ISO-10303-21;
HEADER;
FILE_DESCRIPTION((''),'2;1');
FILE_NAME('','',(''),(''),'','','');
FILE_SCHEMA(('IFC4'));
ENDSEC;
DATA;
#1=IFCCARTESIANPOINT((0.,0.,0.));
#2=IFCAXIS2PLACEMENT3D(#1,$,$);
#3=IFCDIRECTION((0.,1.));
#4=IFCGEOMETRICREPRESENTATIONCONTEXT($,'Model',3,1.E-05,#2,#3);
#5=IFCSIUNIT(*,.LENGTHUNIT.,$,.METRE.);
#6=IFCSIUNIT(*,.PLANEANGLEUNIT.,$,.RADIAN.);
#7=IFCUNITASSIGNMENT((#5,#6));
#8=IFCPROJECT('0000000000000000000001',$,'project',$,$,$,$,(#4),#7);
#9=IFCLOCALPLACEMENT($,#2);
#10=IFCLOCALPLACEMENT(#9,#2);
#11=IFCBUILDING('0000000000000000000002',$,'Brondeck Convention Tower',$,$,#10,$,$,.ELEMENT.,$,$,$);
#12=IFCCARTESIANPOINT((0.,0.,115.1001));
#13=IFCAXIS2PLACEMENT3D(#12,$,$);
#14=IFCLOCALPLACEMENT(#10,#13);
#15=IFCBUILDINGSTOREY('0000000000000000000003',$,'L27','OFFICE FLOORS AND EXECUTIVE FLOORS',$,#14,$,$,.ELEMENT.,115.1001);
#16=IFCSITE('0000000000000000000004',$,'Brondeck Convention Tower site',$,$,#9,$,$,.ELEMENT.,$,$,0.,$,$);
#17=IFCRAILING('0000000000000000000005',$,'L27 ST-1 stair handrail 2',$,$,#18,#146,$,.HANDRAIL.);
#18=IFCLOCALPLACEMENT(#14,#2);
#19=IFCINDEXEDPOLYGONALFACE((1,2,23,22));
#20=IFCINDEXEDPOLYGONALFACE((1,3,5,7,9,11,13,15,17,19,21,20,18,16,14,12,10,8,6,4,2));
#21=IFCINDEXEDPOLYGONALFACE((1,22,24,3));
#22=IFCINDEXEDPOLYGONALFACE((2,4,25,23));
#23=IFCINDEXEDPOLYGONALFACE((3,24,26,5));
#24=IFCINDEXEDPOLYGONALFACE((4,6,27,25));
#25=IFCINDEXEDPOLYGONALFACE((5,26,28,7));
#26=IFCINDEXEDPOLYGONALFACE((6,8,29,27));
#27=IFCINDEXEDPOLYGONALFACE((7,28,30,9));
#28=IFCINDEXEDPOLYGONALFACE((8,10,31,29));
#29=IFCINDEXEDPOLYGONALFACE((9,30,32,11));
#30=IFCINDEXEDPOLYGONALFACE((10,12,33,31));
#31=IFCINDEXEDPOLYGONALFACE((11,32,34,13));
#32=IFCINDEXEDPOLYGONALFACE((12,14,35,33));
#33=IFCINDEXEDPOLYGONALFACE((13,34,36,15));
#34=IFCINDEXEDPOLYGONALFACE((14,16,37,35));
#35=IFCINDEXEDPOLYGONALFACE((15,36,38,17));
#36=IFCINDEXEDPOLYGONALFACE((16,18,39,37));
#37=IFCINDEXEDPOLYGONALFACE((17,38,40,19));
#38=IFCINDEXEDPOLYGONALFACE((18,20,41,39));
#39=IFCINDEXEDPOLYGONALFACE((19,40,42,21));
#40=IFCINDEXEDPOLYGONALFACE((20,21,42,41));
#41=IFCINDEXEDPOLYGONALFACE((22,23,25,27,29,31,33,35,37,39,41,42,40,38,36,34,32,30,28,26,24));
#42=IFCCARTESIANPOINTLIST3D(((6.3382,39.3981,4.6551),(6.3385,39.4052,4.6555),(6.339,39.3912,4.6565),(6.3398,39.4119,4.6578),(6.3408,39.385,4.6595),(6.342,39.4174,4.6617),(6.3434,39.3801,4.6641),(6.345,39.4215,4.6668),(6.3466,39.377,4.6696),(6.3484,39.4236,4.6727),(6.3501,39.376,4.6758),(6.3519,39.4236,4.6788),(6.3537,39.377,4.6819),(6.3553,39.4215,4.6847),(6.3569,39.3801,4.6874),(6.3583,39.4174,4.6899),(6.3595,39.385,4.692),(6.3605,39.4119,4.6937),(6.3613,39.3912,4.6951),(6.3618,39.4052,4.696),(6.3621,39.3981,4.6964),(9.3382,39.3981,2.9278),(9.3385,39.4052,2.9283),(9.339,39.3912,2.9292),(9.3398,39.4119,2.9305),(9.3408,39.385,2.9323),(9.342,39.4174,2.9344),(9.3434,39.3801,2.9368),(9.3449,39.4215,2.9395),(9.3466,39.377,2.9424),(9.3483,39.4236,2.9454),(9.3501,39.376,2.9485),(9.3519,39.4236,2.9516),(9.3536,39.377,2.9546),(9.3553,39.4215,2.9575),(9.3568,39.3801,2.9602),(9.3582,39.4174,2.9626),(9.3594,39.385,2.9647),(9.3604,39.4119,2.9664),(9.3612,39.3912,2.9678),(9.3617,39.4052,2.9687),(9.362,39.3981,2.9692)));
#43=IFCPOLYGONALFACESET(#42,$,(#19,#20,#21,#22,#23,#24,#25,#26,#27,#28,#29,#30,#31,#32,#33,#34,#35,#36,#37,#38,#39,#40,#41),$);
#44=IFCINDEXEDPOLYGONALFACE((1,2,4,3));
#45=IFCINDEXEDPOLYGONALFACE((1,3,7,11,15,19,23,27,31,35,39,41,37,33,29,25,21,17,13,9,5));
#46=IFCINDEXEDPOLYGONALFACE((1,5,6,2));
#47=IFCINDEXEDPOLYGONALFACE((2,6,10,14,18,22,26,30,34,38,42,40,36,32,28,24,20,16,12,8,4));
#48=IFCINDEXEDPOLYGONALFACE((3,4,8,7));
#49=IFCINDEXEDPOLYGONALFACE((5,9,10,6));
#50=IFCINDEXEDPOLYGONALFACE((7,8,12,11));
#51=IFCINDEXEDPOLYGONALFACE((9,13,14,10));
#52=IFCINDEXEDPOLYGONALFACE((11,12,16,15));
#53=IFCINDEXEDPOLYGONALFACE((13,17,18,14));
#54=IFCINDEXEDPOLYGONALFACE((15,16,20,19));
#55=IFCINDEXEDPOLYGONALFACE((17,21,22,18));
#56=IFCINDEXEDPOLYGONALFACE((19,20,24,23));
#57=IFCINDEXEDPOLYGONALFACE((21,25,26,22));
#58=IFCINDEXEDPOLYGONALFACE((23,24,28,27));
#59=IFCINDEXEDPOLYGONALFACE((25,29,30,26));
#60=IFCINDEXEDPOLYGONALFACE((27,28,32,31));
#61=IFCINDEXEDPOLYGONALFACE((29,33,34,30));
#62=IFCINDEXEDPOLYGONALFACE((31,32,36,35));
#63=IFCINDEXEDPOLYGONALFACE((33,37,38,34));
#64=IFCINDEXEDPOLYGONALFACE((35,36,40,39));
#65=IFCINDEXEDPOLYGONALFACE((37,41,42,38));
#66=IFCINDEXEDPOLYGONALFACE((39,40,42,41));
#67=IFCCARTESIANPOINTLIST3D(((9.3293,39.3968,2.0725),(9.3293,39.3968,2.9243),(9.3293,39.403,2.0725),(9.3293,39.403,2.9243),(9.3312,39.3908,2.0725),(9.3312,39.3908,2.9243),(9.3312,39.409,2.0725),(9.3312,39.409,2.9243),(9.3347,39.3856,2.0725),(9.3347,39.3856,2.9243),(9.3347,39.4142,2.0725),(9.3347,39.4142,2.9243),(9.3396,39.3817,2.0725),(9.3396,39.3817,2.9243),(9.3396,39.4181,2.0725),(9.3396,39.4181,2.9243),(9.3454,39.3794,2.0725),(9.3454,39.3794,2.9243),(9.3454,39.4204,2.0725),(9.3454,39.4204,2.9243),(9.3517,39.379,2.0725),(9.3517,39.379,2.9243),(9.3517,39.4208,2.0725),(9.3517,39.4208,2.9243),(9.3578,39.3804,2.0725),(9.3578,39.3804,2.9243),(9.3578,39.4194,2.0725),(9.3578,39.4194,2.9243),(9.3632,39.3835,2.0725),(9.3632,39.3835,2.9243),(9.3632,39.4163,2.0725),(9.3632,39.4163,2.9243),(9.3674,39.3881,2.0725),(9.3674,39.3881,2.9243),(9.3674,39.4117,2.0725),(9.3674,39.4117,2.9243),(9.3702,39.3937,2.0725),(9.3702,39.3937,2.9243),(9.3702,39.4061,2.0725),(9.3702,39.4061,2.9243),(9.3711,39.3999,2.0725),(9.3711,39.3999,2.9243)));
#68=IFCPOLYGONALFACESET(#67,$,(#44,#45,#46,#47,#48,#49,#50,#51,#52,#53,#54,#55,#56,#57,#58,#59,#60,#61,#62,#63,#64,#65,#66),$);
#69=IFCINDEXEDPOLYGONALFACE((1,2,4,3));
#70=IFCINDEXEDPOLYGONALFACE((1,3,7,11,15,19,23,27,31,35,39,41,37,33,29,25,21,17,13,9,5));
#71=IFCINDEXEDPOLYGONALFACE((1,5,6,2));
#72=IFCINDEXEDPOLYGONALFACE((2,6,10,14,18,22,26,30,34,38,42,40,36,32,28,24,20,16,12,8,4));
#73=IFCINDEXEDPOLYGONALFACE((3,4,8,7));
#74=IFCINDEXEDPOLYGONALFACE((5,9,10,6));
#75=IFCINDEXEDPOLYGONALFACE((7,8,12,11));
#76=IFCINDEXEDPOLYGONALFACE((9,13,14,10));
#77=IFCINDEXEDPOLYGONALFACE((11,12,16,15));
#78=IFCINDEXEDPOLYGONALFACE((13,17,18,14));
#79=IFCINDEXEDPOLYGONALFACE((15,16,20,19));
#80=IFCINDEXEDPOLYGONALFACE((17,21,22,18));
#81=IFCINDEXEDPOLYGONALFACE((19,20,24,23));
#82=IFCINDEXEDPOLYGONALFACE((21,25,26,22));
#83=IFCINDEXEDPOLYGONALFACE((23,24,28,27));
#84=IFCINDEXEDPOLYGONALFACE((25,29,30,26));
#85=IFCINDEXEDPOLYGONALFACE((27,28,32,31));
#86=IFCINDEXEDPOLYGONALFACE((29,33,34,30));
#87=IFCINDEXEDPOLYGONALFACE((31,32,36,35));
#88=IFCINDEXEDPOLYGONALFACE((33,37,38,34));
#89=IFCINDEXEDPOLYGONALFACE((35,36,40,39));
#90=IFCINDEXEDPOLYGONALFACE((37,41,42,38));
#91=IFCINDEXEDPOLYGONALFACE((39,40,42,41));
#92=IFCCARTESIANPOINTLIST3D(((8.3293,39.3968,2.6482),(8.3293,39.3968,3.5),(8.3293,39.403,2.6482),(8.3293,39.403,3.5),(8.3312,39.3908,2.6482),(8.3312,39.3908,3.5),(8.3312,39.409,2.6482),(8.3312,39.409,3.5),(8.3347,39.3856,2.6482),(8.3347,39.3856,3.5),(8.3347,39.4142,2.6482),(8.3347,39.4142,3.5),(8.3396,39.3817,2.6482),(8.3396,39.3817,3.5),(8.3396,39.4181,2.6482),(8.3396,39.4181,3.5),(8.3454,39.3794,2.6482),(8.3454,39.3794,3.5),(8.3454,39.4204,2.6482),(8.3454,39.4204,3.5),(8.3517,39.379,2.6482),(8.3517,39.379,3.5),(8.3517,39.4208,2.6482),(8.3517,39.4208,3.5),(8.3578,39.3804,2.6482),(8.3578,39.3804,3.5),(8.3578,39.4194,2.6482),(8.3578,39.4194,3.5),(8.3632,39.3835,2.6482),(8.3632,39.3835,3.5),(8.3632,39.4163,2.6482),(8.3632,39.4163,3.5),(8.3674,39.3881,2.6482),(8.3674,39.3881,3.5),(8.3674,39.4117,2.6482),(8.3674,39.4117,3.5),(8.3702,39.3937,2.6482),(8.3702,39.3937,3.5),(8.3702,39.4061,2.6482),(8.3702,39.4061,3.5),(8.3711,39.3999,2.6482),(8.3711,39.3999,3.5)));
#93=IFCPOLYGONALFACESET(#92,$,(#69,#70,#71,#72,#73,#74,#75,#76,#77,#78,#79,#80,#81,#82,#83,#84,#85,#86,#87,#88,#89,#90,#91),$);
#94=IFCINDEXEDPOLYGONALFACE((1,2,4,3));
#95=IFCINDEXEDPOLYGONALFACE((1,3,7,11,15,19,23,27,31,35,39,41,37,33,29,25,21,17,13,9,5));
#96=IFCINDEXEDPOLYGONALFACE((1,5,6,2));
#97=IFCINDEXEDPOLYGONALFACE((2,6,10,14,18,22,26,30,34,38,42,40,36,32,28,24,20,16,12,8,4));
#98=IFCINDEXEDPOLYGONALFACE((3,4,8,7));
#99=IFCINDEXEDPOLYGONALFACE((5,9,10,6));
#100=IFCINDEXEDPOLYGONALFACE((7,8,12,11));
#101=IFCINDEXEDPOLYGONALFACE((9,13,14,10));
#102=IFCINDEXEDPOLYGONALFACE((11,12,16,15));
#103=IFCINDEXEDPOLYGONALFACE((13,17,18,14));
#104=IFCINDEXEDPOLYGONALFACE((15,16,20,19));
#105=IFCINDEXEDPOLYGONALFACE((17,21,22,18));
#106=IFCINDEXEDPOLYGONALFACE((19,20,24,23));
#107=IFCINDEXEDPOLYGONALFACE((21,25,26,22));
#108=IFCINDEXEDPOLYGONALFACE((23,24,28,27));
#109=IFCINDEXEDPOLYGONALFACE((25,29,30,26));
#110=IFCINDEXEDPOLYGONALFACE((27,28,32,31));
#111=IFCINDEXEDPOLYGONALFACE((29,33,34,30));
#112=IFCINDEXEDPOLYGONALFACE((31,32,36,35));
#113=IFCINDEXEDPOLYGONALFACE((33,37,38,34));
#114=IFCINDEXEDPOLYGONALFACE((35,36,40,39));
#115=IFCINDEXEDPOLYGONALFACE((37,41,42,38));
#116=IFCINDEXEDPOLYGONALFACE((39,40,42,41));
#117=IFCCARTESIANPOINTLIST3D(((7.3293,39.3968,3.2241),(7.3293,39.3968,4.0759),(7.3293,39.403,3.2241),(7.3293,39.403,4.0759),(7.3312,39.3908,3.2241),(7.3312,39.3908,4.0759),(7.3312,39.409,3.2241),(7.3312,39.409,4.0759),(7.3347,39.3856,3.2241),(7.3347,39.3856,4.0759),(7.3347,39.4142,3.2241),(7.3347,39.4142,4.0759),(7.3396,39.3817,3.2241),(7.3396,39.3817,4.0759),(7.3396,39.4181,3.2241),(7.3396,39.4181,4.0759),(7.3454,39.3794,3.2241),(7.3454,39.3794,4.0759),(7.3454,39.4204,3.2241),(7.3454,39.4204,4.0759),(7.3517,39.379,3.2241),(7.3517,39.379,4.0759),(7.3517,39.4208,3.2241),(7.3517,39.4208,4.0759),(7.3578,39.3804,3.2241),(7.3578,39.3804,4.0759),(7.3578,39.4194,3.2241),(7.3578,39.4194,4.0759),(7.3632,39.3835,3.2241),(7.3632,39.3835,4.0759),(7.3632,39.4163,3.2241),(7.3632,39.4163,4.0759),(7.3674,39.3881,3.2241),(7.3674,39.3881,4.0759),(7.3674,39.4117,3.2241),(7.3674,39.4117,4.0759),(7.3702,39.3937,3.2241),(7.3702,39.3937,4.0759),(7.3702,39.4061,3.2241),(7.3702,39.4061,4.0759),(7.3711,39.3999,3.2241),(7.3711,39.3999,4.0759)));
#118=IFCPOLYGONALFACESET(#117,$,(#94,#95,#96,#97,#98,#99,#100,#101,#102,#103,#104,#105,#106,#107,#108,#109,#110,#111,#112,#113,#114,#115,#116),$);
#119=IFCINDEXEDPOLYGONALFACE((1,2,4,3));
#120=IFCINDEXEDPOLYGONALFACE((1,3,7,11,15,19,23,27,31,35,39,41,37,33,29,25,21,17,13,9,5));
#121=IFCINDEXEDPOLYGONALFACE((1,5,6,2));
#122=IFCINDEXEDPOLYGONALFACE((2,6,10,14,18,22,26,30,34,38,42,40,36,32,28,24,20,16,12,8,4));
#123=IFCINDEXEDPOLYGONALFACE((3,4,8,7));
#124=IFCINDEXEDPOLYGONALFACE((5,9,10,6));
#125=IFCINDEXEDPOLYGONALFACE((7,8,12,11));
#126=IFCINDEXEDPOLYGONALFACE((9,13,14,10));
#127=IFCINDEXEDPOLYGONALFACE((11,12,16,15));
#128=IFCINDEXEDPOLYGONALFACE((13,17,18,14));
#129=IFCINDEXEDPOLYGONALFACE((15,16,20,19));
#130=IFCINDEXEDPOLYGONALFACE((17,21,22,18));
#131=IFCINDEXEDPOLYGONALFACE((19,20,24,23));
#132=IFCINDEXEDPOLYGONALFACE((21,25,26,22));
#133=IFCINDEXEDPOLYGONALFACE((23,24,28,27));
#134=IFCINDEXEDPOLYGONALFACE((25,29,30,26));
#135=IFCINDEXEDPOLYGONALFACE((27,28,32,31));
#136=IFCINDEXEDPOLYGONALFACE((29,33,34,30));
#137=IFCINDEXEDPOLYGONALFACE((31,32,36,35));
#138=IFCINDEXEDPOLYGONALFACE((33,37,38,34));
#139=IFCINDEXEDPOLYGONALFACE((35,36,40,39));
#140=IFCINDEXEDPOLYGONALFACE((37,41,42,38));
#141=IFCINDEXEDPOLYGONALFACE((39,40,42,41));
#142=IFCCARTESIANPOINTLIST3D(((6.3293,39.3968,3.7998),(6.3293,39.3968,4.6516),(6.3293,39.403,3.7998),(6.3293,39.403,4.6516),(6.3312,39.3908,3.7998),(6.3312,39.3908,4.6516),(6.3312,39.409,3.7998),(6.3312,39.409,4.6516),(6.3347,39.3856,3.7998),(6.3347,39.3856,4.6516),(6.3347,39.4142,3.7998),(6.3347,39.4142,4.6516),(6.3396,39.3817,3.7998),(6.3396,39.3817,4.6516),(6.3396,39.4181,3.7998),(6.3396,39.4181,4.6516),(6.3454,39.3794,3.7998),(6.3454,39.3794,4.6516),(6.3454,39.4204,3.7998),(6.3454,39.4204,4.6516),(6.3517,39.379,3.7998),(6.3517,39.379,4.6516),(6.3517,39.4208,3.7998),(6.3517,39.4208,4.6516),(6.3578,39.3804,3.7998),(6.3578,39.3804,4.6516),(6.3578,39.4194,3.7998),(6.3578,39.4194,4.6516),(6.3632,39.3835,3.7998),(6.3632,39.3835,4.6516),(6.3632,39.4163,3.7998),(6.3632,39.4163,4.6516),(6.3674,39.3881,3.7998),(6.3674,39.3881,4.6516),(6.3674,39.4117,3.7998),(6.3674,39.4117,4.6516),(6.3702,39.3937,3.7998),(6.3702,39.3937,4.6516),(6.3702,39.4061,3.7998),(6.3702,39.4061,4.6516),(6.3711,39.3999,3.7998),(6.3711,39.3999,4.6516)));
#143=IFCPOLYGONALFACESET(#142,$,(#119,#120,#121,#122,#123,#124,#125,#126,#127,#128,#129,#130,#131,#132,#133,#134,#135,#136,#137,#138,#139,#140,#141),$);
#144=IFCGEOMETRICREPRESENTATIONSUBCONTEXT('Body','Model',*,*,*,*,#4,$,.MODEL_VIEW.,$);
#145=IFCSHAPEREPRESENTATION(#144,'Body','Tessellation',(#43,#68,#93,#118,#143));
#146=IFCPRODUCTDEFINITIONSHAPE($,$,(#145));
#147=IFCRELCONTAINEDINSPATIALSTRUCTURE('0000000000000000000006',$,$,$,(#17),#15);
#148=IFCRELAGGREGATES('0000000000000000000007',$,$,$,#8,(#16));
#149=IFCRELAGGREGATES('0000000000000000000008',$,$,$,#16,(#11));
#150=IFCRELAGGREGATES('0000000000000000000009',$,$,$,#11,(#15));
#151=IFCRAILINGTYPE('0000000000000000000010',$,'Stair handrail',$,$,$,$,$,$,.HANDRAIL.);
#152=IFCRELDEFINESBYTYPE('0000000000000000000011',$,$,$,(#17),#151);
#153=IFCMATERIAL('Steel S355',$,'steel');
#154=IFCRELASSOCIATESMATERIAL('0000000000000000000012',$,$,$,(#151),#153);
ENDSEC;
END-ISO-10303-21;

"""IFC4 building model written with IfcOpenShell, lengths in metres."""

from ifc_helpers import new_model, si_unit, direction, frame, origin, origin_2d, place, context, subcontext, project, spatial, circle, extrude, material, type_object, element, save


model = new_model("IFC4")

# Units and contexts
model_context = context("Model", 3, precision=1e-05, world=origin(), true_north=direction((0.0, 1.0)))
body_context = subcontext(model_context, "Body", "Model", "MODEL_VIEW")
ifc_project = project(units=[si_unit("LENGTHUNIT", "METRE"), si_unit("PLANEANGLEUNIT", "RADIAN")], contexts=[model_context])

# Site, building, storey
site_placement = place(None, origin())
site = spatial("IfcSite", under=ifc_project, at=site_placement, Name="Brondeck Convention Tower site", CompositionType="ELEMENT", RefElevation=0.0)
building_placement = place(site_placement, origin())
building = spatial("IfcBuilding", under=site, at=building_placement, Name="Brondeck Convention Tower", CompositionType="ELEMENT")
storey_placement = place(building_placement, frame((0.0, 0.0, 115.1001)))
storey = spatial("IfcBuildingStorey", under=building, at=storey_placement, Name="L27", Description="OFFICE FLOORS AND EXECUTIVE FLOORS", CompositionType="ELEMENT", Elevation=115.1001)

# Railing
ifc_material_1 = material(Name="Steel S355", Category="steel")
railing_type = type_object("IfcRailingType", Name="Stair handrail", PredefinedType="HANDRAIL", material=ifc_material_1)
railing_placement = place(storey_placement, frame((9.3501, 39.3999, 2.0725)))
element("IfcRailing", 1, at=railing_placement, inside=storey, type_object=railing_type, Name="L27 ST-1 stair handrail 2", PredefinedType="HANDRAIL", context=body_context, shape_type="SweptSolid", body=[
    extrude(circle(Radius=0.0239, at=origin_2d()), frame((0.0, 0.0, 0.876), z_axis=(-0.86662, 0.0, 0.498969), x_axis=(0.0, -1.0, 0.0)), (0.0, 0.0, 1.0), 3.4617),
    extrude(circle(Radius=0.021, at=origin_2d()), origin(), (0.0, 0.0, 1.0), 0.8518),
    extrude(circle(Radius=0.021, at=origin_2d()), frame((-1.0, 0.0, 0.5757)), (0.0, 0.0, 1.0), 0.8518),
    extrude(circle(Radius=0.021, at=origin_2d()), frame((-2.0, 0.0, 1.1516)), (0.0, 0.0, 1.0), 0.8518),
    extrude(circle(Radius=0.021, at=origin_2d()), frame((-3.0, 0.0, 1.7273)), (0.0, 0.0, 1.0), 0.8518),
])

save(model, "model.ifc")
